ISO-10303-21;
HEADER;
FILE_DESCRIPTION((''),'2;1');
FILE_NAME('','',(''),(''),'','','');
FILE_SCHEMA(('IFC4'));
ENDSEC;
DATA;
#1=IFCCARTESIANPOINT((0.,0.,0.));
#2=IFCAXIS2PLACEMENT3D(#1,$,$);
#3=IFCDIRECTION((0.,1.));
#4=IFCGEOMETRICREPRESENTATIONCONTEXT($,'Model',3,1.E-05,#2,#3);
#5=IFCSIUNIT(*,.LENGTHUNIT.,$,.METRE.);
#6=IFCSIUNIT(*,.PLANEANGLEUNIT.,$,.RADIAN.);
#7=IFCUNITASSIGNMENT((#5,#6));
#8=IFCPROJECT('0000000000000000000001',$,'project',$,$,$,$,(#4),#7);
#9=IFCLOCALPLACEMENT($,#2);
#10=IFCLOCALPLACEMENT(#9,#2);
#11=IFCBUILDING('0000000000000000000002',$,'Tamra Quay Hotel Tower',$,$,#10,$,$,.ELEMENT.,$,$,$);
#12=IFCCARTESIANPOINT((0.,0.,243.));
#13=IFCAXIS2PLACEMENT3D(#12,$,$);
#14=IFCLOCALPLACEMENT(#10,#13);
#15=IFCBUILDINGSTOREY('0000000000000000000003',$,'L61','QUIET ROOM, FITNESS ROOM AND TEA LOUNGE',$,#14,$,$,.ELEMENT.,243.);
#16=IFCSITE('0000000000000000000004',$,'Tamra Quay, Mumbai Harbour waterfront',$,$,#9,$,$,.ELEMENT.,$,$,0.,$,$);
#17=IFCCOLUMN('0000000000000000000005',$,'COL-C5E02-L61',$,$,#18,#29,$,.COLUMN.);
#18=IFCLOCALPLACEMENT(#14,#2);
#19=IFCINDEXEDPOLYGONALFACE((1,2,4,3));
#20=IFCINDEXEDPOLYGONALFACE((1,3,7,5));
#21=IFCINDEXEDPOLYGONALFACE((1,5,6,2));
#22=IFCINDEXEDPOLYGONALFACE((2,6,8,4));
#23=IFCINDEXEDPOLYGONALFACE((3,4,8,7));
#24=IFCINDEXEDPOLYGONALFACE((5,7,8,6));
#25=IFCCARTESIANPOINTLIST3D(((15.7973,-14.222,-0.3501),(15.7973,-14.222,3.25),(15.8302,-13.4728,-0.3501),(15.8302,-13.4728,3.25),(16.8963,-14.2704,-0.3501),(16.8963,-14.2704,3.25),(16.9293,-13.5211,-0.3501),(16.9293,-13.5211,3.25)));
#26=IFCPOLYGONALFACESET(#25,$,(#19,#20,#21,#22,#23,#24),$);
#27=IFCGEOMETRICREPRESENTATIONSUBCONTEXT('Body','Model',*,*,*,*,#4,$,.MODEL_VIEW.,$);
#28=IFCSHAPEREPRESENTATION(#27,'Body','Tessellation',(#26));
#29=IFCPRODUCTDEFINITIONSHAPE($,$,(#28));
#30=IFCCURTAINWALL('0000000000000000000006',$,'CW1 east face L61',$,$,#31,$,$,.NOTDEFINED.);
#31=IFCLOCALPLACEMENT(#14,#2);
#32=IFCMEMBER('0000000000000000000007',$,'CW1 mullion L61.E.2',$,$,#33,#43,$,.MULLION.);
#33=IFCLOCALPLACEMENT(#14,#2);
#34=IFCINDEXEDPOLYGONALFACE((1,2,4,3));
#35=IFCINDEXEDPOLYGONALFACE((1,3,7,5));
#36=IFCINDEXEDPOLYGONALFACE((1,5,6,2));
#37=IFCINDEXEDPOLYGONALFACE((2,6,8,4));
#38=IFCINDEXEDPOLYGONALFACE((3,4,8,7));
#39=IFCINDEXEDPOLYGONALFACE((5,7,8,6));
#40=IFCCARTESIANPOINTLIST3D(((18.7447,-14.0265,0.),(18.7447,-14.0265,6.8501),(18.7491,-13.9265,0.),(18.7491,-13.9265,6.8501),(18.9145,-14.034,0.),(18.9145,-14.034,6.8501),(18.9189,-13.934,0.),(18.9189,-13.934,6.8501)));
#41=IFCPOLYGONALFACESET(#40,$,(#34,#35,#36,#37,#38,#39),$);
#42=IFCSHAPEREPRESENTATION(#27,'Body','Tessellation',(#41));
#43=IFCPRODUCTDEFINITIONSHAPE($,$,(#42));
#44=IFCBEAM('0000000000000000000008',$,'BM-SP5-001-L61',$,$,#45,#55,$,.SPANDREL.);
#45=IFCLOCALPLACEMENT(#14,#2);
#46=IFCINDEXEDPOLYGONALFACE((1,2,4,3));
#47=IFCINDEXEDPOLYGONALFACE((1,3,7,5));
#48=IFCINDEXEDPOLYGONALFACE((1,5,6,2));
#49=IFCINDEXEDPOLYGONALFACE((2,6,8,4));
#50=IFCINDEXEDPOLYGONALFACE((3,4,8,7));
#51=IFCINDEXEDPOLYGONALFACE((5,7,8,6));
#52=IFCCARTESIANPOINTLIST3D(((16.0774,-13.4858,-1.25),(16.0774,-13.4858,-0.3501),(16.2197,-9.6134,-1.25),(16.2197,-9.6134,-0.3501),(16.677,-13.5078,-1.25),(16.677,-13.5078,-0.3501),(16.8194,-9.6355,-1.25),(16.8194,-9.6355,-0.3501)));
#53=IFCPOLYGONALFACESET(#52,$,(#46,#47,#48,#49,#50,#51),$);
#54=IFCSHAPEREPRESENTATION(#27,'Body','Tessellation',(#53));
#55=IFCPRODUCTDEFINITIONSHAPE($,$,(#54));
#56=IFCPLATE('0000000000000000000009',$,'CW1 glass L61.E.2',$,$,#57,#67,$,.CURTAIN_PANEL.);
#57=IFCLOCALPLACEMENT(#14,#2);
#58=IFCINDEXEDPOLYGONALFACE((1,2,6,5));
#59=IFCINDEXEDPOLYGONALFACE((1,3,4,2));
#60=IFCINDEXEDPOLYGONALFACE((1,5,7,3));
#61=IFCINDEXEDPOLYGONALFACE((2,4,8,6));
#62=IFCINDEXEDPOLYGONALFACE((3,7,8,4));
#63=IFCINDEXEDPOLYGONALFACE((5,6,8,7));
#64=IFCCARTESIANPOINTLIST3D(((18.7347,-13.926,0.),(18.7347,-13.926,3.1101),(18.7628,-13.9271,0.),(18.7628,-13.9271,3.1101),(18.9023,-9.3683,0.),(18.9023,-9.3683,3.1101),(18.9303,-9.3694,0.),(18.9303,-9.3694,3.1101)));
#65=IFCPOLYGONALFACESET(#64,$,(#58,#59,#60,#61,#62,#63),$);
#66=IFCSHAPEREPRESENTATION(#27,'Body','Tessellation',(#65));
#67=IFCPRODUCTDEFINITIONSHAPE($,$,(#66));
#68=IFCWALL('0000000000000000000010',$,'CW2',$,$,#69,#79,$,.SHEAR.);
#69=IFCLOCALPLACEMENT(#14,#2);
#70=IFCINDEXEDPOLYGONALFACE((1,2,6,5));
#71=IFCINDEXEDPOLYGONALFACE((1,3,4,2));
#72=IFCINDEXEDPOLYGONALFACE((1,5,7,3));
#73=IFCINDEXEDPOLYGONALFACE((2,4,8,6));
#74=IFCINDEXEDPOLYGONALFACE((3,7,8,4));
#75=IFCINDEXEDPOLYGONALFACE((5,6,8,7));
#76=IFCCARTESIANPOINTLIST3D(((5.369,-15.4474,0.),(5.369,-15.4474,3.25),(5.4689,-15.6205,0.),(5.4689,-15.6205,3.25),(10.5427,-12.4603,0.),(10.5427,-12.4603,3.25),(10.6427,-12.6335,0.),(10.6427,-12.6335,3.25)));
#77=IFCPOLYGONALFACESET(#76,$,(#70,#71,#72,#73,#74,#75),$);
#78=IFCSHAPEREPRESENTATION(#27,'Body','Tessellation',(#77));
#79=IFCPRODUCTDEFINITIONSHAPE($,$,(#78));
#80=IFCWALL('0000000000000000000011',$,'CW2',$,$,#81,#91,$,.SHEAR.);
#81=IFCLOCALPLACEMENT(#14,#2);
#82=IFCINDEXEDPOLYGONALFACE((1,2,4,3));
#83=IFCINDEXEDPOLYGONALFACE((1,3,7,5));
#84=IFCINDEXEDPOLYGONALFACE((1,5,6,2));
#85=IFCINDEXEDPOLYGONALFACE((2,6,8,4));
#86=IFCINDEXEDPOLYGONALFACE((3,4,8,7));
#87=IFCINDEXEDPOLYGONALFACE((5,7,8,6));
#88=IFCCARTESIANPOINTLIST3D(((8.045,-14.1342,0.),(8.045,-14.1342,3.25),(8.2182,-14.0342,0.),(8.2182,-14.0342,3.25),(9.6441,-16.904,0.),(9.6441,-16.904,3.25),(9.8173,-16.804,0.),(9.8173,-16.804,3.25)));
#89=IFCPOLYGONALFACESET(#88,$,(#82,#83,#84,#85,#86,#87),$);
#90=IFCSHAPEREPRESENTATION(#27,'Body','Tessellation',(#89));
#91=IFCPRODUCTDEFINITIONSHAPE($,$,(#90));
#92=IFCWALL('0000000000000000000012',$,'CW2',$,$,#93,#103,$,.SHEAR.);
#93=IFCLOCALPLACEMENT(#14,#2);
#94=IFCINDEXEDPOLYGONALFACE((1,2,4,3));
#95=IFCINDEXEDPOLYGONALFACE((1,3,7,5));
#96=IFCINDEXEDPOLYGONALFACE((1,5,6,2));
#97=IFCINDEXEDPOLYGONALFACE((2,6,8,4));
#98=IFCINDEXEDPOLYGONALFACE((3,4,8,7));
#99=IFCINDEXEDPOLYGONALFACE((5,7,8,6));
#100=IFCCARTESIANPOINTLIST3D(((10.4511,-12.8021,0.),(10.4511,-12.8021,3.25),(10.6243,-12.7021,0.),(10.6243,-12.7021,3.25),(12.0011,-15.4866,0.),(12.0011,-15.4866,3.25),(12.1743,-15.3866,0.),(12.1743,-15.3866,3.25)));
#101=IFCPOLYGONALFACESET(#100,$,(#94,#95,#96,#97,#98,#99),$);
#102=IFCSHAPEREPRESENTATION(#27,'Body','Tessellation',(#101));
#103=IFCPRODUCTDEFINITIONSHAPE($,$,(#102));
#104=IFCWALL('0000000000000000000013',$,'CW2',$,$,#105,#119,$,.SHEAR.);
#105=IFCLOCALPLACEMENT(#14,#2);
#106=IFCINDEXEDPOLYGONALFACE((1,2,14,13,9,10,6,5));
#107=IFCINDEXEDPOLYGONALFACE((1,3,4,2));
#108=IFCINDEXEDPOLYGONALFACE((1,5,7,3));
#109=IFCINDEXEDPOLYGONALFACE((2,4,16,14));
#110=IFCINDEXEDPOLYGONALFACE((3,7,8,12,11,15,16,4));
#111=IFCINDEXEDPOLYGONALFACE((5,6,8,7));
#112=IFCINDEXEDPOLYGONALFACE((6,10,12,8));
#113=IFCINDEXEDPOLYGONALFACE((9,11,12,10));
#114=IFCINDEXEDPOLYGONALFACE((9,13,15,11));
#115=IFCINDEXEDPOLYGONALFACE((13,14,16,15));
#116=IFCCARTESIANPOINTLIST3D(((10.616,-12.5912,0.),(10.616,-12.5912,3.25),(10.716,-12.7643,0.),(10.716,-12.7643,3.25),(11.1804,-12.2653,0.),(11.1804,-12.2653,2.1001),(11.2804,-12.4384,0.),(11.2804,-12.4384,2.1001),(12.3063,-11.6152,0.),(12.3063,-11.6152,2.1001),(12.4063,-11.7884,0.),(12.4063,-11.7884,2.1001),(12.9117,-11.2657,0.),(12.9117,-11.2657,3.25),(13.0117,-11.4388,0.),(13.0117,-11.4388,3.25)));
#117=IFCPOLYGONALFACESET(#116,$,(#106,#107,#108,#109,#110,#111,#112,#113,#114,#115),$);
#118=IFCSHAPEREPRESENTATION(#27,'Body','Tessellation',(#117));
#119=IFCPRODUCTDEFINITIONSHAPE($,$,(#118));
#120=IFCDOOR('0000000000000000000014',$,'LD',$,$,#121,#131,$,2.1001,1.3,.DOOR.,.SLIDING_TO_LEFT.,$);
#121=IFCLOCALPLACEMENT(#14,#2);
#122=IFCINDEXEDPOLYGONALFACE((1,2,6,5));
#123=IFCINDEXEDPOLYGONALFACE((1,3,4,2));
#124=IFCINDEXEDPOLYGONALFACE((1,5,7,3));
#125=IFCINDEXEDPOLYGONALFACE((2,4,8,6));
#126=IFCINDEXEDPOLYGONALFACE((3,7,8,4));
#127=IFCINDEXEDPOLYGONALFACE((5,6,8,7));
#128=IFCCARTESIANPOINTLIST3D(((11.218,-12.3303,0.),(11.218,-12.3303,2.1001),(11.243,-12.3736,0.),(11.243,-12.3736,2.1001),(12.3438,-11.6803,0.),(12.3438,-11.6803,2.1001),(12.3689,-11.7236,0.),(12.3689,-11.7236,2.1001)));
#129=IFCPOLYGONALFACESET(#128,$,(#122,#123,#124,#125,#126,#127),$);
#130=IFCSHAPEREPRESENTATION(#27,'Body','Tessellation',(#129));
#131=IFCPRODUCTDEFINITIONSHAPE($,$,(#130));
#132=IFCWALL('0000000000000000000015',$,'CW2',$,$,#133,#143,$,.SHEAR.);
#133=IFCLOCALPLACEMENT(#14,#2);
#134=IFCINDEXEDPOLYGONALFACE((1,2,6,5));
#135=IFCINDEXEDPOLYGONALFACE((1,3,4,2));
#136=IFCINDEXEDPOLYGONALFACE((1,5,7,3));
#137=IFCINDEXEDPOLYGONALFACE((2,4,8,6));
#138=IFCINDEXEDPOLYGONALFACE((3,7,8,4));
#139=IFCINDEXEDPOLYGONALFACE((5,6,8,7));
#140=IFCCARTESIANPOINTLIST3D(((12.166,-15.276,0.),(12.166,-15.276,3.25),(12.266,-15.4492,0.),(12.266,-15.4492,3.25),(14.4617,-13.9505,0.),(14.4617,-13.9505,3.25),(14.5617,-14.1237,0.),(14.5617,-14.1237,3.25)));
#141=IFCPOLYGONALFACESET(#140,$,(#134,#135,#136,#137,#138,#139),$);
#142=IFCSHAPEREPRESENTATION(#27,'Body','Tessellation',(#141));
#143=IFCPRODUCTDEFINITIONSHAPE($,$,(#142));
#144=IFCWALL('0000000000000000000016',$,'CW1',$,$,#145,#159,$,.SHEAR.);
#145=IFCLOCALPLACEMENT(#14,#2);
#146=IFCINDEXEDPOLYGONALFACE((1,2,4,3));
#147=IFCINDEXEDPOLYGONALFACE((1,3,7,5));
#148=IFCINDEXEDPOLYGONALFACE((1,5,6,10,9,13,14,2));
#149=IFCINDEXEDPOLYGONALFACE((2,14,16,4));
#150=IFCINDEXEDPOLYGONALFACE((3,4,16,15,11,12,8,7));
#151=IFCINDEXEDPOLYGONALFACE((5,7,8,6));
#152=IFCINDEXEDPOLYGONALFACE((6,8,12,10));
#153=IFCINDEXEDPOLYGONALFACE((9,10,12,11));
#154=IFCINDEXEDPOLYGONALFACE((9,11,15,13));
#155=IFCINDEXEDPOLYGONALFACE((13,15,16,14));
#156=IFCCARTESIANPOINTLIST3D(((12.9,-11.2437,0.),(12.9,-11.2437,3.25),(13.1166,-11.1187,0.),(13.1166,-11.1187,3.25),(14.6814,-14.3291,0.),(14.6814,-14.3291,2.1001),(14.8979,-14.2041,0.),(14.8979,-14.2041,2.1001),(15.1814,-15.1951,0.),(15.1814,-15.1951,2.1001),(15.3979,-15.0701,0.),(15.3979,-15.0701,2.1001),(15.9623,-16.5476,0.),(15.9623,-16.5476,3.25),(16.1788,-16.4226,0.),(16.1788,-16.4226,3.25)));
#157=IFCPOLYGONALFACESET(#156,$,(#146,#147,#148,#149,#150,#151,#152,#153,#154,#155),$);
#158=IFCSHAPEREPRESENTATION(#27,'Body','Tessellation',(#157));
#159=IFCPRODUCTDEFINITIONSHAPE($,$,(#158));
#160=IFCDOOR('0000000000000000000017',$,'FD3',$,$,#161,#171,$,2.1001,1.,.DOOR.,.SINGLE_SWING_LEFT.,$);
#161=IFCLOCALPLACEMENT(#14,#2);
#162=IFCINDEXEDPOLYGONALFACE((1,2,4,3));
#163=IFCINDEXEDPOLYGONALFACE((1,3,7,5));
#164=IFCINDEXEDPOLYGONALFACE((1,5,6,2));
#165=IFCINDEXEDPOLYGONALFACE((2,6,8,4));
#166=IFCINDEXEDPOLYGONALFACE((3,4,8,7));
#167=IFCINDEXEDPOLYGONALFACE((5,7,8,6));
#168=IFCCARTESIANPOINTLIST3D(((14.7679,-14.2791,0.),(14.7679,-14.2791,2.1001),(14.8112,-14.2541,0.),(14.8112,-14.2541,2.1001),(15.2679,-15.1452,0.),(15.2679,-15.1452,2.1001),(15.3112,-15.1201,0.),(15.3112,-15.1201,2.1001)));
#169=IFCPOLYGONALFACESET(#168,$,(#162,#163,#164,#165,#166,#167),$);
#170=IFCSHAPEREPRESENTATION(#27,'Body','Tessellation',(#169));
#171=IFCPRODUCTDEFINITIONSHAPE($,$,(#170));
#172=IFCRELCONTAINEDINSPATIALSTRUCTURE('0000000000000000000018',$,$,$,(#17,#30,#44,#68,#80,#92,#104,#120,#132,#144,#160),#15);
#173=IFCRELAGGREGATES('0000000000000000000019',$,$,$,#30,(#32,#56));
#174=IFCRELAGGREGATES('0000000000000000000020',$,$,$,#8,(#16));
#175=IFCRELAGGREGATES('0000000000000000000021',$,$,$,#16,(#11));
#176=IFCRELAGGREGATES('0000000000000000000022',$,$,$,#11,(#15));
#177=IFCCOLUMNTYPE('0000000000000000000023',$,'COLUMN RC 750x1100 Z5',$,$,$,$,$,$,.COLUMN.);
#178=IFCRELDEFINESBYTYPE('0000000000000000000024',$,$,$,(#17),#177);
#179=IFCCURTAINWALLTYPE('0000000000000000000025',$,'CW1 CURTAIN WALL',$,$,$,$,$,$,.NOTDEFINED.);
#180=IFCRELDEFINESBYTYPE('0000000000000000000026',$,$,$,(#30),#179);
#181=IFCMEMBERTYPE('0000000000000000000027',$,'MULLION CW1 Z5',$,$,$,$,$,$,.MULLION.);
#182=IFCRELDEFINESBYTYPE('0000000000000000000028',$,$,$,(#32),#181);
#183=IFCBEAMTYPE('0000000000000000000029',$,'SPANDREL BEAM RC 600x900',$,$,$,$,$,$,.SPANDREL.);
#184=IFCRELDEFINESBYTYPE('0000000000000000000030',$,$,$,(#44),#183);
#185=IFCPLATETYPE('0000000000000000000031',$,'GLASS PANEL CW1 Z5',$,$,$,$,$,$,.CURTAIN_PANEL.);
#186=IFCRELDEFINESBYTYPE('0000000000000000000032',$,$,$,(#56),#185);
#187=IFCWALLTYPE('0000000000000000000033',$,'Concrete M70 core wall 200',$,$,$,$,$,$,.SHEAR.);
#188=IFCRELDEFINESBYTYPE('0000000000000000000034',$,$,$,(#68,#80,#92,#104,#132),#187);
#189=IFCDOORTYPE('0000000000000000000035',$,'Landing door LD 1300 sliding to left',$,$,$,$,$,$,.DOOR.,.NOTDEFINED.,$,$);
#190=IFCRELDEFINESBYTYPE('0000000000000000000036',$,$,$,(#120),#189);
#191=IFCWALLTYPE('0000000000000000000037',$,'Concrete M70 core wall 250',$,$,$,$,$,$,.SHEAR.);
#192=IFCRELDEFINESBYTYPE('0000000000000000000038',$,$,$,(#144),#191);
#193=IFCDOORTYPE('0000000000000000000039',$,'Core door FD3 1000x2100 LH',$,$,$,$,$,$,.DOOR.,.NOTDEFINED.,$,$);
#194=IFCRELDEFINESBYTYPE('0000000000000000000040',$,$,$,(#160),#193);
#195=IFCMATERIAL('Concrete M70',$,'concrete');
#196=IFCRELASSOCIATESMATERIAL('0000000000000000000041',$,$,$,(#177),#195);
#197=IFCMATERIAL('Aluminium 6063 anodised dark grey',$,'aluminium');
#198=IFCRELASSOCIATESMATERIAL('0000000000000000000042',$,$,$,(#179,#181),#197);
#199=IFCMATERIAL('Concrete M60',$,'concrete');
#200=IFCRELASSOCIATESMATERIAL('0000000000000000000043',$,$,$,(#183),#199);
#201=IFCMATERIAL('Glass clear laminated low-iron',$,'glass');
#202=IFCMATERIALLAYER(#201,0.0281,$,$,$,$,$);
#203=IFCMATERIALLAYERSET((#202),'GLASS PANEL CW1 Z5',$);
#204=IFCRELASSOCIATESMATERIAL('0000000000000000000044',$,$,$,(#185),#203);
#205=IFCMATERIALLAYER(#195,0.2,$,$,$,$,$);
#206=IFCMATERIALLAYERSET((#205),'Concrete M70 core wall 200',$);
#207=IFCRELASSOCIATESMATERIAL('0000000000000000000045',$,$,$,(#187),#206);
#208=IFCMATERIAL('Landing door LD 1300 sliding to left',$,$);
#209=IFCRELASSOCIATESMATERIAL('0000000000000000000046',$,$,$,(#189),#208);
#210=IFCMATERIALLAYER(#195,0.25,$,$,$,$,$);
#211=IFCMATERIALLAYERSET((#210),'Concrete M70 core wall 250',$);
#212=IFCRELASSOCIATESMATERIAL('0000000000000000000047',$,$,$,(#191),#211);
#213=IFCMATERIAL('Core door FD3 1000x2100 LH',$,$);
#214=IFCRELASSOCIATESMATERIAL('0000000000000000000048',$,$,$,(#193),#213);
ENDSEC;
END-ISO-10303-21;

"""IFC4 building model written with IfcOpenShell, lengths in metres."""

from ifc_helpers import new_model, si_unit, direction, frame, frame_2d, origin, origin_2d, place, context, subcontext, project, spatial, rectangle, extrude, material, layer, layer_set, material_profile, profile_set, type_object, element, fill, aggregate, save


model = new_model("IFC4")

# Units and contexts
model_context = context("Model", 3, precision=1e-05, world=origin(), true_north=direction((0.0, 1.0)))
body_context = subcontext(model_context, "Body", "Model", "MODEL_VIEW")
ifc_project = project(units=[si_unit("LENGTHUNIT", "METRE"), si_unit("PLANEANGLEUNIT", "RADIAN")], contexts=[model_context])

# Site, building, storey
site_placement = place(None, origin())
site = spatial("IfcSite", under=ifc_project, at=site_placement, Name="Tamra Quay, Mumbai Harbour waterfront", CompositionType="ELEMENT", RefElevation=0.0)
building_placement = place(site_placement, origin())
building = spatial("IfcBuilding", under=site, at=building_placement, Name="Tamra Quay Hotel Tower", CompositionType="ELEMENT")
storey_placement = place(building_placement, frame((0.0, 0.0, 243.0)))
storey = spatial("IfcBuildingStorey", under=building, at=storey_placement, Name="L61", Description="QUIET ROOM, FITNESS ROOM AND TEA LOUNGE", CompositionType="ELEMENT", Elevation=243.0)

# Column
ifc_material_1 = material(Name="Concrete M70", Category="concrete")
ifc_material_profile_1 = material_profile(ifc_material_1, rectangle(XDim=1.1001, YDim=0.75, at=origin_2d()), Name="COLUMN RC 750x1100 Z5")
ifc_profile_set_1 = profile_set([ifc_material_profile_1], Name="Concrete M70")
column_type = type_object("IfcColumnType", Name="COLUMN RC 750x1100 Z5", PredefinedType="COLUMN", material=ifc_profile_set_1)
column_placement = place(storey_placement, frame((16.3633, -13.8716, -0.3501), z_axis=(0.0, 0.0, 1.0), x_axis=(-0.999033, 0.043958, 0.0)))
element("IfcColumn", 1, at=column_placement, inside=storey, type_object=column_type, Name="COL-C5E02-L61", PredefinedType="COLUMN", context=body_context, shape_type="SweptSolid", body=[
    extrude(rectangle(XDim=1.1001, YDim=0.75, at=origin_2d()), origin(), (0.0, 0.0, 1.0), 3.6001),
])

# Curtain wall, member
ifc_material_2 = material(Name="Aluminium 6063 anodised dark grey", Category="aluminium")
curtain_wall_type = type_object("IfcCurtainWallType", Name="CW1 CURTAIN WALL", PredefinedType="NOTDEFINED", material=ifc_material_2)
curtain_wall_placement = place(storey_placement, origin())
curtain_wall = element("IfcCurtainWall", 2, at=curtain_wall_placement, inside=storey, type_object=curtain_wall_type, Name="CW1 east face L61", PredefinedType="NOTDEFINED")
ifc_material_profile_2 = material_profile(ifc_material_2, rectangle(XDim=0.1699, YDim=0.1001, at=origin_2d()), Name="MULLION 100X170")
ifc_profile_set_2 = profile_set([ifc_material_profile_2], Name="Aluminium 6063 anodised dark grey")
member_type = type_object("IfcMemberType", Name="MULLION CW1 Z5", PredefinedType="MULLION", material=ifc_profile_set_2)
member_placement = place(storey_placement, frame((18.8318, -13.9802, 0.0), z_axis=(0.0, 0.0, 1.0), x_axis=(0.999028, -0.044075, 0.0)))
member = element("IfcMember", 3, at=member_placement, type_object=member_type, Name="CW1 mullion L61.E.2", PredefinedType="MULLION", context=body_context, shape_type="SweptSolid", body=[
    extrude(rectangle(XDim=0.1699, YDim=0.1001, at=origin_2d()), origin(), (0.0, 0.0, 1.0), 6.8501),
])

# Beam
ifc_material_3 = material(Name="Concrete M60", Category="concrete")
ifc_material_profile_3 = material_profile(ifc_material_3, rectangle(XDim=0.6001, YDim=0.8999, at=origin_2d()), Name="SPANDREL BEAM RC 600x900")
ifc_profile_set_3 = profile_set([ifc_material_profile_3], Name="Concrete M60")
beam_type = type_object("IfcBeamType", Name="SPANDREL BEAM RC 600x900", PredefinedType="SPANDREL", material=ifc_profile_set_3)
beam_placement = place(storey_placement, frame((16.3772, -13.4968, -0.8), z_axis=(0.036732, 0.999325, 0.0), x_axis=(-0.999325, 0.036732, 0.0)))
element("IfcBeam", 4, at=beam_placement, inside=storey, type_object=beam_type, Name="BM-SP5-001-L61", PredefinedType="SPANDREL", context=body_context, shape_type="SweptSolid", body=[
    extrude(rectangle(XDim=0.6001, YDim=0.8999, at=origin_2d()), origin(), (0.0, 0.0, 1.0), 3.875),
])

# Plate
ifc_material_4 = material(Name="Glass clear laminated low-iron", Category="glass")
ifc_layer_1 = layer(ifc_material_4, 0.0281)
ifc_layer_set_1 = layer_set([ifc_layer_1], Name="GLASS PANEL CW1 Z5")
plate_type = type_object("IfcPlateType", Name="GLASS PANEL CW1 Z5", PredefinedType="CURTAIN_PANEL", material=ifc_layer_set_1)
plate_placement = place(storey_placement, frame((18.8325, -11.6477, 0.0), z_axis=(0.0, 0.0, 1.0), x_axis=(0.036744, 0.999325, 0.0)))
plate = element("IfcPlate", 5, at=plate_placement, type_object=plate_type, Name="CW1 glass L61.E.2", PredefinedType="CURTAIN_PANEL", context=body_context, shape_type="SweptSolid", body=[
    extrude(rectangle(XDim=4.5608, YDim=0.0281, at=origin_2d()), origin(), (0.0, 0.0, 1.0), 3.1101),
])
aggregate(curtain_wall, [member, plate])

# Walls
ifc_layer_2 = layer(ifc_material_1, 0.2)
ifc_layer_set_2 = layer_set([ifc_layer_2], Name="Concrete M70 core wall 200")
wall_type_1 = type_object("IfcWallType", Name="Concrete M70 core wall 200", PredefinedType="SHEAR", material=ifc_layer_set_2)
wall_1_placement = place(storey_placement, frame((5.4189, -15.5339, 0.0), z_axis=(0.0, 0.0, 1.0), x_axis=(0.866029, 0.499994, 0.0)))
element("IfcWall", 6, at=wall_1_placement, inside=storey, type_object=wall_type_1, Name="CW2", PredefinedType="SHEAR", context=body_context, shape_type="SweptSolid", body=[
    extrude(rectangle(XDim=5.9741, YDim=0.2, at=frame_2d((2.9871, 0.0))), origin(), (0.0, 0.0, 1.0), 3.25),
])
wall_2_placement = place(storey_placement, frame((8.1316, -14.0842, 0.0), z_axis=(0.0, 0.0, 1.0), x_axis=(0.499998, -0.866027, 0.0)))
element("IfcWall", 7, at=wall_2_placement, inside=storey, type_object=wall_type_1, Name="CW2", PredefinedType="SHEAR", context=body_context, shape_type="SweptSolid", body=[
    extrude(rectangle(XDim=3.1982, YDim=0.2, at=frame_2d((1.5991, 0.0))), origin(), (0.0, 0.0, 1.0), 3.25),
])
wall_3_placement = place(storey_placement, frame((12.0876, -15.4365, 0.0), z_axis=(0.0, 0.0, 1.0), x_axis=(-0.500027, 0.86601, 0.0)))
element("IfcWall", 8, at=wall_3_placement, inside=storey, type_object=wall_type_1, Name="CW2", PredefinedType="SHEAR", context=body_context, shape_type="SweptSolid", body=[
    extrude(rectangle(XDim=3.0999, YDim=0.2, at=frame_2d((1.5498, 0.0))), origin(), (0.0, 0.0, 1.0), 3.25),
])

# Wall, opening, door
wall_4_placement = place(storey_placement, frame((10.666, -12.6777, 0.0), z_axis=(0.0, 0.0, 1.0), x_axis=(0.866018, 0.500012, 0.0)))
wall_4 = element("IfcWall", 9, at=wall_4_placement, inside=storey, type_object=wall_type_1, Name="CW2", PredefinedType="SHEAR", context=body_context, shape_type="SweptSolid", body=[
    extrude(rectangle(XDim=2.6509, YDim=0.2, at=frame_2d((1.3254, 0.0))), origin(), (0.0, 0.0, 1.0), 3.25),
])
opening_1_placement = place(wall_4_placement, frame((0.6519, 0.0, 0.0)))
opening_1 = element("IfcOpeningElement", 10, at=opening_1_placement, cuts=wall_4, PredefinedType="OPENING", context=body_context, shape_type="SweptSolid", body=[
    extrude(rectangle(XDim=1.3, YDim=2.1001, at=frame_2d((0.6499, 1.05))), frame((0.0, 0.1099, 0.0), z_axis=(0.0, -1.0, 0.0), x_axis=(1.0, 0.0, 0.0)), (0.0, 0.0, 1.0), 0.22),
])
ifc_material_5 = material(Name="Landing door LD 1300 sliding to left")
door_type_1 = type_object("IfcDoorType", Name="Landing door LD 1300 sliding to left", OperationType="NOTDEFINED", PredefinedType="DOOR", material=ifc_material_5)
door_1_placement = place(opening_1_placement, origin())
door_1 = element("IfcDoor", 11, at=door_1_placement, inside=storey, type_object=door_type_1, Name="LD", OperationType="SLIDING_TO_LEFT", OverallHeight=2.1001, OverallWidth=1.3, PredefinedType="DOOR", context=body_context, shape_type="SweptSolid", body=[
    extrude(rectangle(XDim=1.3, YDim=2.1001, at=frame_2d((0.6499, 1.05))), frame((0.0, 0.0249, 0.0), z_axis=(0.0, -1.0, 0.0), x_axis=(1.0, 0.0, 0.0)), (0.0, 0.0, 1.0), 0.05),
])
fill(opening_1, door_1)

# Wall
wall_5_placement = place(storey_placement, frame((14.5117, -14.0371, 0.0), z_axis=(0.0, 0.0, 1.0), x_axis=(-0.866018, -0.500012, 0.0)))
element("IfcWall", 12, at=wall_5_placement, inside=storey, type_object=wall_type_1, Name="CW2", PredefinedType="SHEAR", context=body_context, shape_type="SweptSolid", body=[
    extrude(rectangle(XDim=2.6509, YDim=0.2, at=frame_2d((1.3254, 0.0))), origin(), (0.0, 0.0, 1.0), 3.25),
])

# Wall, opening, door
ifc_layer_3 = layer(ifc_material_1, 0.25)
ifc_layer_set_3 = layer_set([ifc_layer_3], Name="Concrete M70 core wall 250")
wall_type_2 = type_object("IfcWallType", Name="Concrete M70 core wall 250", PredefinedType="SHEAR", material=ifc_layer_set_3)
wall_6_placement = place(storey_placement, frame((13.0083, -11.1812, 0.0), z_axis=(0.0, 0.0, 1.0), x_axis=(0.500002, -0.866024, 0.0)))
wall_6 = element("IfcWall", 13, at=wall_6_placement, inside=storey, type_object=wall_type_2, Name="CW1", PredefinedType="SHEAR", context=body_context, shape_type="SweptSolid", body=[
    extrude(rectangle(XDim=6.1245, YDim=0.25, at=frame_2d((3.0623, 0.0))), origin(), (0.0, 0.0, 1.0), 3.25),
])
opening_2_placement = place(wall_6_placement, frame((3.5627, 0.0, 0.0)))
opening_2 = element("IfcOpeningElement", 14, at=opening_2_placement, cuts=wall_6, PredefinedType="OPENING", context=body_context, shape_type="SweptSolid", body=[
    extrude(rectangle(XDim=1.0, YDim=2.1001, at=frame_2d((0.5, 1.05))), frame((0.0, 0.135, 0.0), z_axis=(0.0, -1.0, 0.0), x_axis=(1.0, 0.0, 0.0)), (0.0, 0.0, 1.0), 0.27),
])
ifc_material_6 = material(Name="Core door FD3 1000x2100 LH")
door_type_2 = type_object("IfcDoorType", Name="Core door FD3 1000x2100 LH", OperationType="NOTDEFINED", PredefinedType="DOOR", material=ifc_material_6)
door_2_placement = place(opening_2_placement, origin())
door_2 = element("IfcDoor", 15, at=door_2_placement, inside=storey, type_object=door_type_2, Name="FD3", OperationType="SINGLE_SWING_LEFT", OverallHeight=2.1001, OverallWidth=1.0, PredefinedType="DOOR", context=body_context, shape_type="SweptSolid", body=[
    extrude(rectangle(XDim=1.0, YDim=2.1001, at=frame_2d((0.5, 1.05))), frame((0.0, 0.0249, 0.0), z_axis=(0.0, -1.0, 0.0), x_axis=(1.0, 0.0, 0.0)), (0.0, 0.0, 1.0), 0.05),
])
fill(opening_2, door_2)

save(model, "model.ifc")
